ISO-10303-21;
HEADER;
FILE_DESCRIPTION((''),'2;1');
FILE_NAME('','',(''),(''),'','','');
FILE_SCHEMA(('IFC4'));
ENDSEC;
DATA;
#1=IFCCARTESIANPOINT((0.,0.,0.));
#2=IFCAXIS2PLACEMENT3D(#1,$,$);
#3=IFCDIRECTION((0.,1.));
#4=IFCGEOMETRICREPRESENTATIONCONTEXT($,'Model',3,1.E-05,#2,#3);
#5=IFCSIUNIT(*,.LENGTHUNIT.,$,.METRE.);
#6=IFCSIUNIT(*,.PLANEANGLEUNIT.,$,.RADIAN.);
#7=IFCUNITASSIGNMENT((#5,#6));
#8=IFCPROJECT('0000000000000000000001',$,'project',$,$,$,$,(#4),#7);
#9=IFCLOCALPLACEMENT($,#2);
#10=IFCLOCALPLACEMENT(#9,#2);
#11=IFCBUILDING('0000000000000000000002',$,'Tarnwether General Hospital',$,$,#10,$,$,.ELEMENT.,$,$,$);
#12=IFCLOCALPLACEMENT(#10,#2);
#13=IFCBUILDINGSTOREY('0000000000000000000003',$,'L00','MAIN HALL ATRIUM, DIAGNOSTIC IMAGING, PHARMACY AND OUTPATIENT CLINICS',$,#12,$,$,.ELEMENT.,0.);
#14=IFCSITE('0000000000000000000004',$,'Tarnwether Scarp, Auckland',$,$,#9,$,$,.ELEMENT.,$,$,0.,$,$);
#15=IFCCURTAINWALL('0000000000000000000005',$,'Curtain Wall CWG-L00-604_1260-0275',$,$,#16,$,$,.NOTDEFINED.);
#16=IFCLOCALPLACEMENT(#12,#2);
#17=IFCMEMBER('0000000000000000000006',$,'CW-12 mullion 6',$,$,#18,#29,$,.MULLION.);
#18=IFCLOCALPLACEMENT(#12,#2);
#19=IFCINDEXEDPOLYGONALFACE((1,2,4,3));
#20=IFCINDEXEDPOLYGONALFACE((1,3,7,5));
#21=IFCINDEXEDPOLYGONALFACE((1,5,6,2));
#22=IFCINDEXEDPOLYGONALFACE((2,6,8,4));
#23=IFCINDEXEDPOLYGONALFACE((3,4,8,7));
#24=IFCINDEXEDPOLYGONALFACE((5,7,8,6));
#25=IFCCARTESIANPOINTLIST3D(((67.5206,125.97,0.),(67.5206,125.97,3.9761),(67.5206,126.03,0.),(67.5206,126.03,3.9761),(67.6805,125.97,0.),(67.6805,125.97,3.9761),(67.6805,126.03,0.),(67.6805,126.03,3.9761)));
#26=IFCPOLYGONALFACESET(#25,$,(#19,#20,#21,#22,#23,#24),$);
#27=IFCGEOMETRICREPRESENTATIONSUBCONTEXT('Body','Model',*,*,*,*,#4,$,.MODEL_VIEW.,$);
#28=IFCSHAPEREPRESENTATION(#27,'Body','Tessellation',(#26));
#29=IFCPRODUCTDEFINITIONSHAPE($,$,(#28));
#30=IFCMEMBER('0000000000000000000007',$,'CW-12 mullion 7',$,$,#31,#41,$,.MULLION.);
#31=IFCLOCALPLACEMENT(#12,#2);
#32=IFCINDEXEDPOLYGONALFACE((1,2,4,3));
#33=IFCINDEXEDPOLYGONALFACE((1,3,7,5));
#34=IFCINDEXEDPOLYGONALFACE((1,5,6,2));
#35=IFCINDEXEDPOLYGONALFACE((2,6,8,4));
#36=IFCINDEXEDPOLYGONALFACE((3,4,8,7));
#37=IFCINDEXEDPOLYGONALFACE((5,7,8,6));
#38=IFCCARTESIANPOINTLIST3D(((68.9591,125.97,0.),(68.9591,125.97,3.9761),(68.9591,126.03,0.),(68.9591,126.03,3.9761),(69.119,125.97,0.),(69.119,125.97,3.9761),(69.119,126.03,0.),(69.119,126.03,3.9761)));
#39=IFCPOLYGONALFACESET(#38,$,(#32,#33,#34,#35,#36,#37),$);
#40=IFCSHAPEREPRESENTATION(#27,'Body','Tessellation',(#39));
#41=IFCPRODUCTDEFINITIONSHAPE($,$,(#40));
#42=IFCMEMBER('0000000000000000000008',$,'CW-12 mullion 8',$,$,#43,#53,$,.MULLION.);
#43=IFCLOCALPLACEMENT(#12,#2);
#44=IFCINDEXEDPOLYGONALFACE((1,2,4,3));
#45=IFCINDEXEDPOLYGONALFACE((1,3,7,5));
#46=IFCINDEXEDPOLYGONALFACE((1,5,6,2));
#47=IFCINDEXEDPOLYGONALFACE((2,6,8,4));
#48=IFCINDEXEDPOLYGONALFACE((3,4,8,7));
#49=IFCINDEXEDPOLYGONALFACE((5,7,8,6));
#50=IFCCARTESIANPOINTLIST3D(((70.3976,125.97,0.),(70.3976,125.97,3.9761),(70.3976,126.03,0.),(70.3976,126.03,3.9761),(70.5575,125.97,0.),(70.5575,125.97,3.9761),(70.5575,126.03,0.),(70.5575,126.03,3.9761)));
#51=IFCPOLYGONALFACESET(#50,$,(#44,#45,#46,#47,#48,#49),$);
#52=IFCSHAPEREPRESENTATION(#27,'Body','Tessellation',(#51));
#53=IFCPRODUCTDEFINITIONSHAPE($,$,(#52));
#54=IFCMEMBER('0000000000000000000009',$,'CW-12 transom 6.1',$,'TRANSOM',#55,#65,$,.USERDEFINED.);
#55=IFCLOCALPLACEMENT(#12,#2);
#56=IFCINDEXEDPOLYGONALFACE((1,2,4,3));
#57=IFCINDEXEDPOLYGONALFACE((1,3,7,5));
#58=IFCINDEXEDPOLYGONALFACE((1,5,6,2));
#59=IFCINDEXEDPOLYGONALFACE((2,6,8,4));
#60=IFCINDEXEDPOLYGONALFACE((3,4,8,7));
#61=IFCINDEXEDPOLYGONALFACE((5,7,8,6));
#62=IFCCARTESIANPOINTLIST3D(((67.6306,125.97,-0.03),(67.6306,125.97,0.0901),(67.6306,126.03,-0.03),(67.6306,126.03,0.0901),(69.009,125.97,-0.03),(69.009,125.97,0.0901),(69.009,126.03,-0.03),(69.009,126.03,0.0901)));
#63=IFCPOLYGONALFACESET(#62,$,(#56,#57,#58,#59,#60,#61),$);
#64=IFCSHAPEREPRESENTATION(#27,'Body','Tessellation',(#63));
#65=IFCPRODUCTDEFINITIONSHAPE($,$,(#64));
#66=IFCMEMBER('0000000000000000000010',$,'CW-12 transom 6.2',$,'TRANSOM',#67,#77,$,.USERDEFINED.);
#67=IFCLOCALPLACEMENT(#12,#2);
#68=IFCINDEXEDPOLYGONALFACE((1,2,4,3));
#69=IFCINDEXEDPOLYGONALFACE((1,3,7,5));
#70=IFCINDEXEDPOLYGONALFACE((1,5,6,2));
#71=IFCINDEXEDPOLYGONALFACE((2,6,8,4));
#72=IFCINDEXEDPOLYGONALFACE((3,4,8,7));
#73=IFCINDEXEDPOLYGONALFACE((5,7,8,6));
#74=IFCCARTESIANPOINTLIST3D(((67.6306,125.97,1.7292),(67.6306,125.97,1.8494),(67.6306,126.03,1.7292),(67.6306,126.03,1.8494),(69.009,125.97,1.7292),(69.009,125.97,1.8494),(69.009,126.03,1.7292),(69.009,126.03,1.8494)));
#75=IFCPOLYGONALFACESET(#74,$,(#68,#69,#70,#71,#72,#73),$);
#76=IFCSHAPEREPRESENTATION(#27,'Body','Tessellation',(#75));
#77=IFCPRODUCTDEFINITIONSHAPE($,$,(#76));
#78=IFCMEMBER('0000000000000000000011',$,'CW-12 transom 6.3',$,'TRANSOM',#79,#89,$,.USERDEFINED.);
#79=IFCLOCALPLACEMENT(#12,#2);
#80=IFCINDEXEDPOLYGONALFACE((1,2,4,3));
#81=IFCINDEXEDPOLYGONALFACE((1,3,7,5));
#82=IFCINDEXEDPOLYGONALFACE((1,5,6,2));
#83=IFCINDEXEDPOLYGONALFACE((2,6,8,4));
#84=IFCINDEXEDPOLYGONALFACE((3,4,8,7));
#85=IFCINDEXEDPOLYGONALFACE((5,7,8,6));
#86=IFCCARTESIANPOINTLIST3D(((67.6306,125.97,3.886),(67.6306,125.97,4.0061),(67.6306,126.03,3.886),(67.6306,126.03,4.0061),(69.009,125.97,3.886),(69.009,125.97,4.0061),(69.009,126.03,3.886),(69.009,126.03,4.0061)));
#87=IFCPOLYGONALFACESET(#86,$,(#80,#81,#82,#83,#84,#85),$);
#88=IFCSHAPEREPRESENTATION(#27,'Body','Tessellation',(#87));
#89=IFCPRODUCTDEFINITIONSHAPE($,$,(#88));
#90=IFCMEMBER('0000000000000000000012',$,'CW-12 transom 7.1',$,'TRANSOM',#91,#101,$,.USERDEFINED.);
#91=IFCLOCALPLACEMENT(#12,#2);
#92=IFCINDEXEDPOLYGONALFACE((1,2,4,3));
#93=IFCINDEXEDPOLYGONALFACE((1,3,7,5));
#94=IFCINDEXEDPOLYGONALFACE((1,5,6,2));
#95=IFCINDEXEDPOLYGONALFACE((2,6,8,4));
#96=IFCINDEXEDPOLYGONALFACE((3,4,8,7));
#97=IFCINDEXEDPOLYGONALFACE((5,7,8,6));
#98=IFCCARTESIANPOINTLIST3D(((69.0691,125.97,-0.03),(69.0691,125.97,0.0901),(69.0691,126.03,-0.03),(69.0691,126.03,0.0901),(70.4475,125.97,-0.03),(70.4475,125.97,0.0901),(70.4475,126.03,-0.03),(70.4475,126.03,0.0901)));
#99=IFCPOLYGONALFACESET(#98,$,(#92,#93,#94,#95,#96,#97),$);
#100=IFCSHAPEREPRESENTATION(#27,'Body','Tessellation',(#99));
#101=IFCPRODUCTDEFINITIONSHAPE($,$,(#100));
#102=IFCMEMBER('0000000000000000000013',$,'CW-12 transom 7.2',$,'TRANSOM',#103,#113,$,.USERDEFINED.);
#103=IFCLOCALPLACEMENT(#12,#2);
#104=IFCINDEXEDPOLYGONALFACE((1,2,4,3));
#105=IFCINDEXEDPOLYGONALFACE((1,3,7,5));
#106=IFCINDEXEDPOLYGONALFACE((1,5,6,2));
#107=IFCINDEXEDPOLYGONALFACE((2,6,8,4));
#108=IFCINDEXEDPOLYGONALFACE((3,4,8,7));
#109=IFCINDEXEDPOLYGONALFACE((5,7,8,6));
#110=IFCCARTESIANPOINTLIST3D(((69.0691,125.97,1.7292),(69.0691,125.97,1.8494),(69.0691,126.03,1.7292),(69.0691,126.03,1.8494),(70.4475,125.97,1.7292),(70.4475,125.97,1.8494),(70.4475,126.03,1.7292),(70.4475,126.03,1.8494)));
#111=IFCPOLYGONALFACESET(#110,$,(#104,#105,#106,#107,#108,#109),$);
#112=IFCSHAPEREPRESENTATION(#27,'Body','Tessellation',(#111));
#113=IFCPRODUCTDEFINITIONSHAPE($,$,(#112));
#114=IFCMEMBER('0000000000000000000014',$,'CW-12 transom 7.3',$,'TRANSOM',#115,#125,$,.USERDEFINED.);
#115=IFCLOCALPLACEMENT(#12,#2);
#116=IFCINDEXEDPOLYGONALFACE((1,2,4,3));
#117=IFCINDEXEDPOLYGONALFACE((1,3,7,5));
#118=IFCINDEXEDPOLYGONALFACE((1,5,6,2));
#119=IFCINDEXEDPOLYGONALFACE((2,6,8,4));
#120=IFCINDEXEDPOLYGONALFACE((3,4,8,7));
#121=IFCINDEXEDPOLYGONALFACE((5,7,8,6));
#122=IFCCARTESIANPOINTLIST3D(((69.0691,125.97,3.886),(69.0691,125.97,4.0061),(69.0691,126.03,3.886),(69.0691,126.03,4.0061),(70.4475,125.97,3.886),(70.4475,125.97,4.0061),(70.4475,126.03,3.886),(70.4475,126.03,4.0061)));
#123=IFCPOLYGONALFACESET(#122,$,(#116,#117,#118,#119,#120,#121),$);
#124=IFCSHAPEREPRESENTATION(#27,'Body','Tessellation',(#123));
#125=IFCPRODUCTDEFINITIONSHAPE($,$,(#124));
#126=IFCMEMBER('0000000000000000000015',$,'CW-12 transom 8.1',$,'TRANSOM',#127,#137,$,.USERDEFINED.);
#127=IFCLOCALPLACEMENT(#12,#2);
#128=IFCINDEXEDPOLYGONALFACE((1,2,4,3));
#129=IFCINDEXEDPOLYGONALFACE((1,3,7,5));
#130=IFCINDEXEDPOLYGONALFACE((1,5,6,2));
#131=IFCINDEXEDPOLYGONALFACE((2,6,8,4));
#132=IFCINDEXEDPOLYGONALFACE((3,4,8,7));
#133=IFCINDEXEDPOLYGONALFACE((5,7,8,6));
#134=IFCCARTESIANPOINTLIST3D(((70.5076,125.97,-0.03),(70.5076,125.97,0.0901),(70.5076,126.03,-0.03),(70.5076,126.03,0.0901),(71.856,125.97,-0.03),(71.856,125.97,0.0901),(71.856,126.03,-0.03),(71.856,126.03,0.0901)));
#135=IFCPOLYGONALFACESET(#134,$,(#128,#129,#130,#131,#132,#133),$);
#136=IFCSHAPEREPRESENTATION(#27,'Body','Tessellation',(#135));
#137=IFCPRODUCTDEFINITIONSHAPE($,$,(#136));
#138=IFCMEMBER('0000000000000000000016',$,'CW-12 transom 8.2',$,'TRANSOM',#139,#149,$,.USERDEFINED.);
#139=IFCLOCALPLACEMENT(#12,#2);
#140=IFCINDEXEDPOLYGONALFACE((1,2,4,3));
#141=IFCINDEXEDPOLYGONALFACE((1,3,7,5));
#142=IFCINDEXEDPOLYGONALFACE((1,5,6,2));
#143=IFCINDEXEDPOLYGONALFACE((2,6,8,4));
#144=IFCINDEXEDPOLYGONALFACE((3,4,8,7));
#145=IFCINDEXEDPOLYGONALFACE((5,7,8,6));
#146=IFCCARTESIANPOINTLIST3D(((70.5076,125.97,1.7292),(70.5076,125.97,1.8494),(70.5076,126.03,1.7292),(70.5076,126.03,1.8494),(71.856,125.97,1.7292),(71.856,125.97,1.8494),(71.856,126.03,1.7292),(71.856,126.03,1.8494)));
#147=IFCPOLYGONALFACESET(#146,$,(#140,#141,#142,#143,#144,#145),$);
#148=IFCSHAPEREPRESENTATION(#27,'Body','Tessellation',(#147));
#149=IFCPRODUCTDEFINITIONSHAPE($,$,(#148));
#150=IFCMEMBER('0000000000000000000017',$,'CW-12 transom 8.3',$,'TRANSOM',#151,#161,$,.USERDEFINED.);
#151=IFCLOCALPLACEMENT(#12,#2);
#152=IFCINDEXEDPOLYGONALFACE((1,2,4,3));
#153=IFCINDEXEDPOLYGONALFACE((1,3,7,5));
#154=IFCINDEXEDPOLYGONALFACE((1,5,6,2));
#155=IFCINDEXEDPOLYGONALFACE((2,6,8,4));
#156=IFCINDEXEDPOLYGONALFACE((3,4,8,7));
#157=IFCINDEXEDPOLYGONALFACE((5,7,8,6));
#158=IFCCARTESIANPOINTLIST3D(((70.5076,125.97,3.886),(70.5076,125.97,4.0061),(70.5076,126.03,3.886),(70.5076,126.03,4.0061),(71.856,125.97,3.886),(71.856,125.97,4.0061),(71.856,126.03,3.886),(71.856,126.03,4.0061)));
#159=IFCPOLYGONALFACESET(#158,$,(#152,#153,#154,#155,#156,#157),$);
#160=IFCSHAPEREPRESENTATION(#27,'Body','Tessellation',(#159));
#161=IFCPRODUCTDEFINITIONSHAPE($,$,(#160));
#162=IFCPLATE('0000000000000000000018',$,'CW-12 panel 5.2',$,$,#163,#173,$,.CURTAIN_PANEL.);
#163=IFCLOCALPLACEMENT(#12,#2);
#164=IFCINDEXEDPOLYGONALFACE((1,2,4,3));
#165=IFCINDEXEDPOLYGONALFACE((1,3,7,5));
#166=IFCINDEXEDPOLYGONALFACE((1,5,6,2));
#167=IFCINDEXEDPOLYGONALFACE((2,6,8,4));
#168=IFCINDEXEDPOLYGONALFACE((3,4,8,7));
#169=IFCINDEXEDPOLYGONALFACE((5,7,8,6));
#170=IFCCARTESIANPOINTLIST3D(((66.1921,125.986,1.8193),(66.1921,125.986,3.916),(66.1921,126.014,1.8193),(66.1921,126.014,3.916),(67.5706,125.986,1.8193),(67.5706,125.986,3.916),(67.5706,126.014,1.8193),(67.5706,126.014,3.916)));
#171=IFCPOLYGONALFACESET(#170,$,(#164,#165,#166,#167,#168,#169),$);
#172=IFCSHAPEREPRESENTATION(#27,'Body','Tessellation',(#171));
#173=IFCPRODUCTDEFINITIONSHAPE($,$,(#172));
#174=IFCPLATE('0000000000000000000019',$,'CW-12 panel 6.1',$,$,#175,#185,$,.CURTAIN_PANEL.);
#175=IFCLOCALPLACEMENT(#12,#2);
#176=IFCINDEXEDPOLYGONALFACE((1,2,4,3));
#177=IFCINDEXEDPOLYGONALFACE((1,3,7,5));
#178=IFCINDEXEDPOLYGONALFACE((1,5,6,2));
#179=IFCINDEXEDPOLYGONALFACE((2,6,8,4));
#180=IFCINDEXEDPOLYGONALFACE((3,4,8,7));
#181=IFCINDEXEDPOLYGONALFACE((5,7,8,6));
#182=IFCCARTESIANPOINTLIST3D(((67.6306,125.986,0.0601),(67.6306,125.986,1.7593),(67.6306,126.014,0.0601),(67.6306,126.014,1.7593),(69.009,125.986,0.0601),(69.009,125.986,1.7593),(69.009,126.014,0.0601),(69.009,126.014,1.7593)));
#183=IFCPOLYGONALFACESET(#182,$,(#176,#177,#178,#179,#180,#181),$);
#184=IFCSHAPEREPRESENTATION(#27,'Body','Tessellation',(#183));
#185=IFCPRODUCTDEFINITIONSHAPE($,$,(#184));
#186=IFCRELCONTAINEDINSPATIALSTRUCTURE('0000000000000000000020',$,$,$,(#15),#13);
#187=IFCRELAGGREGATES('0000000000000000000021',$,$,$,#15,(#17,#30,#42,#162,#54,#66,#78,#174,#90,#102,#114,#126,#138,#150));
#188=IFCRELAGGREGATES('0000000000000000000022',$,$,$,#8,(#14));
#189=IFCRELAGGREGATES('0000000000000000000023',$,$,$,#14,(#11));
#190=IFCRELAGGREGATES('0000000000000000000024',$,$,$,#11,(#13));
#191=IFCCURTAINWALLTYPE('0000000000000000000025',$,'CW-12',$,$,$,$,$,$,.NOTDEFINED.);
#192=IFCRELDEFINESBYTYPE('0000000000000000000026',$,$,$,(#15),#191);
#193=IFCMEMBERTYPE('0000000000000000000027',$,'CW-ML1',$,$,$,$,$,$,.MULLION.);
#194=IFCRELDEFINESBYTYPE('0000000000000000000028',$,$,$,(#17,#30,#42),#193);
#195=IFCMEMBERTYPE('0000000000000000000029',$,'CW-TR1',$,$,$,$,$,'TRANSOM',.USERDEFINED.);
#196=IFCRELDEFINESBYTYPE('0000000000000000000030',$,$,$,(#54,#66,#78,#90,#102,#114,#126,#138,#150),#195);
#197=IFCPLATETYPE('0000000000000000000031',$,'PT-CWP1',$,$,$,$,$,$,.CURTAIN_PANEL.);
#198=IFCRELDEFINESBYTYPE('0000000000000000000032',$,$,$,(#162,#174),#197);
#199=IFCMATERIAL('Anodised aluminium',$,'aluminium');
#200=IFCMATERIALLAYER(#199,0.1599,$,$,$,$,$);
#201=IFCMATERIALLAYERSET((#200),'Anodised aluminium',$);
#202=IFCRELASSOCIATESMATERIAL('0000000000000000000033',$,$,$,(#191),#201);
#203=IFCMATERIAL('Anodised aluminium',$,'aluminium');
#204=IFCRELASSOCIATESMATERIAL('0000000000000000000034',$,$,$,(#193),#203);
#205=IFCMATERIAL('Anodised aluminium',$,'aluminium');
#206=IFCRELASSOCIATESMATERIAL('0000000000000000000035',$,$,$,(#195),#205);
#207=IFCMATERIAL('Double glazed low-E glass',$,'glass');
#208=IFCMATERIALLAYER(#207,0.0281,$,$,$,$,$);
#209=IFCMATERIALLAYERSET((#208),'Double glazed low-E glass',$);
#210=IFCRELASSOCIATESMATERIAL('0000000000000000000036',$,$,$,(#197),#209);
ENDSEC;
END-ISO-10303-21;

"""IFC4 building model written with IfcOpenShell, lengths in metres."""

from ifc_helpers import new_model, si_unit, direction, frame, origin, origin_2d, place, context, subcontext, project, spatial, rectangle, extrude, material, layer, layer_set, material_profile, profile_set, type_object, element, aggregate, save


model = new_model("IFC4")

# Units and contexts
model_context = context("Model", 3, precision=1e-05, world=origin(), true_north=direction((0.0, 1.0)))
body_context = subcontext(model_context, "Body", "Model", "MODEL_VIEW")
ifc_project = project(units=[si_unit("LENGTHUNIT", "METRE"), si_unit("PLANEANGLEUNIT", "RADIAN")], contexts=[model_context])

# Site, building, storey
site_placement = place(None, origin())
site = spatial("IfcSite", under=ifc_project, at=site_placement, Name="Tarnwether Scarp, Auckland", CompositionType="ELEMENT", RefElevation=0.0)
building_placement = place(site_placement, origin())
building = spatial("IfcBuilding", under=site, at=building_placement, Name="Tarnwether General Hospital", CompositionType="ELEMENT")
storey_placement = place(building_placement, origin())
storey = spatial("IfcBuildingStorey", under=building, at=storey_placement, Name="L00", Description="MAIN HALL ATRIUM, DIAGNOSTIC IMAGING, PHARMACY AND OUTPATIENT CLINICS", CompositionType="ELEMENT", Elevation=0.0)

# Curtain wall, members, plates
ifc_material_1 = material(Name="Anodised aluminium", Category="aluminium")
ifc_layer_1 = layer(ifc_material_1, 0.1599)
ifc_layer_set_1 = layer_set([ifc_layer_1], Name="Anodised aluminium")
curtain_wall_type = type_object("IfcCurtainWallType", Name="CW-12", PredefinedType="NOTDEFINED", material=ifc_layer_set_1)
curtain_wall_placement = place(storey_placement, origin())
curtain_wall = element("IfcCurtainWall", 1, at=curtain_wall_placement, inside=storey, type_object=curtain_wall_type, Name="Curtain Wall CWG-L00-604_1260-0275", PredefinedType="NOTDEFINED")
ifc_material_2 = material(Name="Anodised aluminium", Category="aluminium")
ifc_material_profile_1 = material_profile(ifc_material_2, rectangle(XDim=0.0601, YDim=0.1599, at=origin_2d()), Name="ALU-MUL-60x160")
ifc_profile_set_1 = profile_set([ifc_material_profile_1], Name="Anodised aluminium")
member_type_1 = type_object("IfcMemberType", Name="CW-ML1", PredefinedType="MULLION", material=ifc_profile_set_1)
member_1_placement = place(storey_placement, frame((67.6006, 126.0, 0.0), z_axis=(0.0, 0.0, 1.0), x_axis=(0.0, 1.0, 0.0)))
member_1 = element("IfcMember", 2, at=member_1_placement, type_object=member_type_1, Name="CW-12 mullion 6", PredefinedType="MULLION", context=body_context, shape_type="SweptSolid", body=[
    extrude(rectangle(XDim=0.0601, YDim=0.1599, at=origin_2d()), origin(), (0.0, 0.0, 1.0), 3.9761),
])
member_2_placement = place(storey_placement, frame((69.0391, 126.0, 0.0), z_axis=(0.0, 0.0, 1.0), x_axis=(0.0, 1.0, 0.0)))
member_2 = element("IfcMember", 3, at=member_2_placement, type_object=member_type_1, Name="CW-12 mullion 7", PredefinedType="MULLION", context=body_context, shape_type="SweptSolid", body=[
    extrude(rectangle(XDim=0.0601, YDim=0.1599, at=origin_2d()), origin(), (0.0, 0.0, 1.0), 3.9761),
])
member_3_placement = place(storey_placement, frame((70.4775, 126.0, 0.0), z_axis=(0.0, 0.0, 1.0), x_axis=(0.0, 1.0, 0.0)))
member_3 = element("IfcMember", 4, at=member_3_placement, type_object=member_type_1, Name="CW-12 mullion 8", PredefinedType="MULLION", context=body_context, shape_type="SweptSolid", body=[
    extrude(rectangle(XDim=0.0601, YDim=0.1599, at=origin_2d()), origin(), (0.0, 0.0, 1.0), 3.9761),
])
ifc_material_3 = material(Name="Anodised aluminium", Category="aluminium")
ifc_material_profile_2 = material_profile(ifc_material_3, rectangle(XDim=0.0601, YDim=0.1201, at=origin_2d()), Name="ALU-TRN-60x120")
ifc_profile_set_2 = profile_set([ifc_material_profile_2], Name="Anodised aluminium")
member_type_2 = type_object("IfcMemberType", Name="CW-TR1", ElementType="TRANSOM", PredefinedType="USERDEFINED", material=ifc_profile_set_2)
member_4_placement = place(storey_placement, frame((67.6306, 126.0, 0.03), z_axis=(1.0, 0.0, 0.0), x_axis=(0.0, 1.0, 0.0)))
member_4 = element("IfcMember", 5, at=member_4_placement, type_object=member_type_2, Name="CW-12 transom 6.1", ObjectType="TRANSOM", PredefinedType="USERDEFINED", context=body_context, shape_type="SweptSolid", body=[
    extrude(rectangle(XDim=0.0601, YDim=0.1201, at=origin_2d()), origin(), (0.0, 0.0, 1.0), 1.3784),
])
member_5_placement = place(storey_placement, frame((67.6306, 126.0, 1.7893), z_axis=(1.0, 0.0, 0.0), x_axis=(0.0, 1.0, 0.0)))
member_5 = element("IfcMember", 6, at=member_5_placement, type_object=member_type_2, Name="CW-12 transom 6.2", ObjectType="TRANSOM", PredefinedType="USERDEFINED", context=body_context, shape_type="SweptSolid", body=[
    extrude(rectangle(XDim=0.0601, YDim=0.1201, at=origin_2d()), origin(), (0.0, 0.0, 1.0), 1.3784),
])
member_6_placement = place(storey_placement, frame((67.6306, 126.0, 3.946), z_axis=(1.0, 0.0, 0.0), x_axis=(0.0, 1.0, 0.0)))
member_6 = element("IfcMember", 7, at=member_6_placement, type_object=member_type_2, Name="CW-12 transom 6.3", ObjectType="TRANSOM", PredefinedType="USERDEFINED", context=body_context, shape_type="SweptSolid", body=[
    extrude(rectangle(XDim=0.0601, YDim=0.1201, at=origin_2d()), origin(), (0.0, 0.0, 1.0), 1.3784),
])
member_7_placement = place(storey_placement, frame((69.0691, 126.0, 0.03), z_axis=(1.0, 0.0, 0.0), x_axis=(0.0, 1.0, 0.0)))
member_7 = element("IfcMember", 8, at=member_7_placement, type_object=member_type_2, Name="CW-12 transom 7.1", ObjectType="TRANSOM", PredefinedType="USERDEFINED", context=body_context, shape_type="SweptSolid", body=[
    extrude(rectangle(XDim=0.0601, YDim=0.1201, at=origin_2d()), origin(), (0.0, 0.0, 1.0), 1.3784),
])
member_8_placement = place(storey_placement, frame((69.0691, 126.0, 1.7893), z_axis=(1.0, 0.0, 0.0), x_axis=(0.0, 1.0, 0.0)))
member_8 = element("IfcMember", 9, at=member_8_placement, type_object=member_type_2, Name="CW-12 transom 7.2", ObjectType="TRANSOM", PredefinedType="USERDEFINED", context=body_context, shape_type="SweptSolid", body=[
    extrude(rectangle(XDim=0.0601, YDim=0.1201, at=origin_2d()), origin(), (0.0, 0.0, 1.0), 1.3784),
])
member_9_placement = place(storey_placement, frame((69.0691, 126.0, 3.946), z_axis=(1.0, 0.0, 0.0), x_axis=(0.0, 1.0, 0.0)))
member_9 = element("IfcMember", 10, at=member_9_placement, type_object=member_type_2, Name="CW-12 transom 7.3", ObjectType="TRANSOM", PredefinedType="USERDEFINED", context=body_context, shape_type="SweptSolid", body=[
    extrude(rectangle(XDim=0.0601, YDim=0.1201, at=origin_2d()), origin(), (0.0, 0.0, 1.0), 1.3784),
])
member_10_placement = place(storey_placement, frame((70.5076, 126.0, 0.03), z_axis=(1.0, 0.0, 0.0), x_axis=(0.0, 1.0, 0.0)))
member_10 = element("IfcMember", 11, at=member_10_placement, type_object=member_type_2, Name="CW-12 transom 8.1", ObjectType="TRANSOM", PredefinedType="USERDEFINED", context=body_context, shape_type="SweptSolid", body=[
    extrude(rectangle(XDim=0.0601, YDim=0.1201, at=origin_2d()), origin(), (0.0, 0.0, 1.0), 1.3484),
])
member_11_placement = place(storey_placement, frame((70.5076, 126.0, 1.7893), z_axis=(1.0, 0.0, 0.0), x_axis=(0.0, 1.0, 0.0)))
member_11 = element("IfcMember", 12, at=member_11_placement, type_object=member_type_2, Name="CW-12 transom 8.2", ObjectType="TRANSOM", PredefinedType="USERDEFINED", context=body_context, shape_type="SweptSolid", body=[
    extrude(rectangle(XDim=0.0601, YDim=0.1201, at=origin_2d()), origin(), (0.0, 0.0, 1.0), 1.3484),
])
member_12_placement = place(storey_placement, frame((70.5076, 126.0, 3.946), z_axis=(1.0, 0.0, 0.0), x_axis=(0.0, 1.0, 0.0)))
member_12 = element("IfcMember", 13, at=member_12_placement, type_object=member_type_2, Name="CW-12 transom 8.3", ObjectType="TRANSOM", PredefinedType="USERDEFINED", context=body_context, shape_type="SweptSolid", body=[
    extrude(rectangle(XDim=0.0601, YDim=0.1201, at=origin_2d()), origin(), (0.0, 0.0, 1.0), 1.3484),
])
ifc_material_4 = material(Name="Double glazed low-E glass", Category="glass")
ifc_layer_2 = layer(ifc_material_4, 0.0281)
ifc_layer_set_2 = layer_set([ifc_layer_2], Name="Double glazed low-E glass")
plate_type = type_object("IfcPlateType", Name="PT-CWP1", PredefinedType="CURTAIN_PANEL", material=ifc_layer_set_2)
plate_1_placement = place(storey_placement, frame((66.8813, 126.0, 1.8193), z_axis=(0.0, 0.0, 1.0), x_axis=(1.0, 0.0, 0.0)))
plate_1 = element("IfcPlate", 14, at=plate_1_placement, type_object=plate_type, Name="CW-12 panel 5.2", PredefinedType="CURTAIN_PANEL", context=body_context, shape_type="SweptSolid", body=[
    extrude(rectangle(XDim=1.3784, YDim=0.0281, at=origin_2d()), origin(), (0.0, 0.0, 1.0), 2.0967),
])
plate_2_placement = place(storey_placement, frame((68.3198, 126.0, 0.0601), z_axis=(0.0, 0.0, 1.0), x_axis=(1.0, 0.0, 0.0)))
plate_2 = element("IfcPlate", 15, at=plate_2_placement, type_object=plate_type, Name="CW-12 panel 6.1", PredefinedType="CURTAIN_PANEL", context=body_context, shape_type="SweptSolid", body=[
    extrude(rectangle(XDim=1.3784, YDim=0.0281, at=origin_2d()), origin(), (0.0, 0.0, 1.0), 1.6992),
])
aggregate(curtain_wall, [member_1, member_2, member_3, plate_1, member_4, member_5, member_6, plate_2, member_7, member_8, member_9, member_10, member_11, member_12])

save(model, "model.ifc")
